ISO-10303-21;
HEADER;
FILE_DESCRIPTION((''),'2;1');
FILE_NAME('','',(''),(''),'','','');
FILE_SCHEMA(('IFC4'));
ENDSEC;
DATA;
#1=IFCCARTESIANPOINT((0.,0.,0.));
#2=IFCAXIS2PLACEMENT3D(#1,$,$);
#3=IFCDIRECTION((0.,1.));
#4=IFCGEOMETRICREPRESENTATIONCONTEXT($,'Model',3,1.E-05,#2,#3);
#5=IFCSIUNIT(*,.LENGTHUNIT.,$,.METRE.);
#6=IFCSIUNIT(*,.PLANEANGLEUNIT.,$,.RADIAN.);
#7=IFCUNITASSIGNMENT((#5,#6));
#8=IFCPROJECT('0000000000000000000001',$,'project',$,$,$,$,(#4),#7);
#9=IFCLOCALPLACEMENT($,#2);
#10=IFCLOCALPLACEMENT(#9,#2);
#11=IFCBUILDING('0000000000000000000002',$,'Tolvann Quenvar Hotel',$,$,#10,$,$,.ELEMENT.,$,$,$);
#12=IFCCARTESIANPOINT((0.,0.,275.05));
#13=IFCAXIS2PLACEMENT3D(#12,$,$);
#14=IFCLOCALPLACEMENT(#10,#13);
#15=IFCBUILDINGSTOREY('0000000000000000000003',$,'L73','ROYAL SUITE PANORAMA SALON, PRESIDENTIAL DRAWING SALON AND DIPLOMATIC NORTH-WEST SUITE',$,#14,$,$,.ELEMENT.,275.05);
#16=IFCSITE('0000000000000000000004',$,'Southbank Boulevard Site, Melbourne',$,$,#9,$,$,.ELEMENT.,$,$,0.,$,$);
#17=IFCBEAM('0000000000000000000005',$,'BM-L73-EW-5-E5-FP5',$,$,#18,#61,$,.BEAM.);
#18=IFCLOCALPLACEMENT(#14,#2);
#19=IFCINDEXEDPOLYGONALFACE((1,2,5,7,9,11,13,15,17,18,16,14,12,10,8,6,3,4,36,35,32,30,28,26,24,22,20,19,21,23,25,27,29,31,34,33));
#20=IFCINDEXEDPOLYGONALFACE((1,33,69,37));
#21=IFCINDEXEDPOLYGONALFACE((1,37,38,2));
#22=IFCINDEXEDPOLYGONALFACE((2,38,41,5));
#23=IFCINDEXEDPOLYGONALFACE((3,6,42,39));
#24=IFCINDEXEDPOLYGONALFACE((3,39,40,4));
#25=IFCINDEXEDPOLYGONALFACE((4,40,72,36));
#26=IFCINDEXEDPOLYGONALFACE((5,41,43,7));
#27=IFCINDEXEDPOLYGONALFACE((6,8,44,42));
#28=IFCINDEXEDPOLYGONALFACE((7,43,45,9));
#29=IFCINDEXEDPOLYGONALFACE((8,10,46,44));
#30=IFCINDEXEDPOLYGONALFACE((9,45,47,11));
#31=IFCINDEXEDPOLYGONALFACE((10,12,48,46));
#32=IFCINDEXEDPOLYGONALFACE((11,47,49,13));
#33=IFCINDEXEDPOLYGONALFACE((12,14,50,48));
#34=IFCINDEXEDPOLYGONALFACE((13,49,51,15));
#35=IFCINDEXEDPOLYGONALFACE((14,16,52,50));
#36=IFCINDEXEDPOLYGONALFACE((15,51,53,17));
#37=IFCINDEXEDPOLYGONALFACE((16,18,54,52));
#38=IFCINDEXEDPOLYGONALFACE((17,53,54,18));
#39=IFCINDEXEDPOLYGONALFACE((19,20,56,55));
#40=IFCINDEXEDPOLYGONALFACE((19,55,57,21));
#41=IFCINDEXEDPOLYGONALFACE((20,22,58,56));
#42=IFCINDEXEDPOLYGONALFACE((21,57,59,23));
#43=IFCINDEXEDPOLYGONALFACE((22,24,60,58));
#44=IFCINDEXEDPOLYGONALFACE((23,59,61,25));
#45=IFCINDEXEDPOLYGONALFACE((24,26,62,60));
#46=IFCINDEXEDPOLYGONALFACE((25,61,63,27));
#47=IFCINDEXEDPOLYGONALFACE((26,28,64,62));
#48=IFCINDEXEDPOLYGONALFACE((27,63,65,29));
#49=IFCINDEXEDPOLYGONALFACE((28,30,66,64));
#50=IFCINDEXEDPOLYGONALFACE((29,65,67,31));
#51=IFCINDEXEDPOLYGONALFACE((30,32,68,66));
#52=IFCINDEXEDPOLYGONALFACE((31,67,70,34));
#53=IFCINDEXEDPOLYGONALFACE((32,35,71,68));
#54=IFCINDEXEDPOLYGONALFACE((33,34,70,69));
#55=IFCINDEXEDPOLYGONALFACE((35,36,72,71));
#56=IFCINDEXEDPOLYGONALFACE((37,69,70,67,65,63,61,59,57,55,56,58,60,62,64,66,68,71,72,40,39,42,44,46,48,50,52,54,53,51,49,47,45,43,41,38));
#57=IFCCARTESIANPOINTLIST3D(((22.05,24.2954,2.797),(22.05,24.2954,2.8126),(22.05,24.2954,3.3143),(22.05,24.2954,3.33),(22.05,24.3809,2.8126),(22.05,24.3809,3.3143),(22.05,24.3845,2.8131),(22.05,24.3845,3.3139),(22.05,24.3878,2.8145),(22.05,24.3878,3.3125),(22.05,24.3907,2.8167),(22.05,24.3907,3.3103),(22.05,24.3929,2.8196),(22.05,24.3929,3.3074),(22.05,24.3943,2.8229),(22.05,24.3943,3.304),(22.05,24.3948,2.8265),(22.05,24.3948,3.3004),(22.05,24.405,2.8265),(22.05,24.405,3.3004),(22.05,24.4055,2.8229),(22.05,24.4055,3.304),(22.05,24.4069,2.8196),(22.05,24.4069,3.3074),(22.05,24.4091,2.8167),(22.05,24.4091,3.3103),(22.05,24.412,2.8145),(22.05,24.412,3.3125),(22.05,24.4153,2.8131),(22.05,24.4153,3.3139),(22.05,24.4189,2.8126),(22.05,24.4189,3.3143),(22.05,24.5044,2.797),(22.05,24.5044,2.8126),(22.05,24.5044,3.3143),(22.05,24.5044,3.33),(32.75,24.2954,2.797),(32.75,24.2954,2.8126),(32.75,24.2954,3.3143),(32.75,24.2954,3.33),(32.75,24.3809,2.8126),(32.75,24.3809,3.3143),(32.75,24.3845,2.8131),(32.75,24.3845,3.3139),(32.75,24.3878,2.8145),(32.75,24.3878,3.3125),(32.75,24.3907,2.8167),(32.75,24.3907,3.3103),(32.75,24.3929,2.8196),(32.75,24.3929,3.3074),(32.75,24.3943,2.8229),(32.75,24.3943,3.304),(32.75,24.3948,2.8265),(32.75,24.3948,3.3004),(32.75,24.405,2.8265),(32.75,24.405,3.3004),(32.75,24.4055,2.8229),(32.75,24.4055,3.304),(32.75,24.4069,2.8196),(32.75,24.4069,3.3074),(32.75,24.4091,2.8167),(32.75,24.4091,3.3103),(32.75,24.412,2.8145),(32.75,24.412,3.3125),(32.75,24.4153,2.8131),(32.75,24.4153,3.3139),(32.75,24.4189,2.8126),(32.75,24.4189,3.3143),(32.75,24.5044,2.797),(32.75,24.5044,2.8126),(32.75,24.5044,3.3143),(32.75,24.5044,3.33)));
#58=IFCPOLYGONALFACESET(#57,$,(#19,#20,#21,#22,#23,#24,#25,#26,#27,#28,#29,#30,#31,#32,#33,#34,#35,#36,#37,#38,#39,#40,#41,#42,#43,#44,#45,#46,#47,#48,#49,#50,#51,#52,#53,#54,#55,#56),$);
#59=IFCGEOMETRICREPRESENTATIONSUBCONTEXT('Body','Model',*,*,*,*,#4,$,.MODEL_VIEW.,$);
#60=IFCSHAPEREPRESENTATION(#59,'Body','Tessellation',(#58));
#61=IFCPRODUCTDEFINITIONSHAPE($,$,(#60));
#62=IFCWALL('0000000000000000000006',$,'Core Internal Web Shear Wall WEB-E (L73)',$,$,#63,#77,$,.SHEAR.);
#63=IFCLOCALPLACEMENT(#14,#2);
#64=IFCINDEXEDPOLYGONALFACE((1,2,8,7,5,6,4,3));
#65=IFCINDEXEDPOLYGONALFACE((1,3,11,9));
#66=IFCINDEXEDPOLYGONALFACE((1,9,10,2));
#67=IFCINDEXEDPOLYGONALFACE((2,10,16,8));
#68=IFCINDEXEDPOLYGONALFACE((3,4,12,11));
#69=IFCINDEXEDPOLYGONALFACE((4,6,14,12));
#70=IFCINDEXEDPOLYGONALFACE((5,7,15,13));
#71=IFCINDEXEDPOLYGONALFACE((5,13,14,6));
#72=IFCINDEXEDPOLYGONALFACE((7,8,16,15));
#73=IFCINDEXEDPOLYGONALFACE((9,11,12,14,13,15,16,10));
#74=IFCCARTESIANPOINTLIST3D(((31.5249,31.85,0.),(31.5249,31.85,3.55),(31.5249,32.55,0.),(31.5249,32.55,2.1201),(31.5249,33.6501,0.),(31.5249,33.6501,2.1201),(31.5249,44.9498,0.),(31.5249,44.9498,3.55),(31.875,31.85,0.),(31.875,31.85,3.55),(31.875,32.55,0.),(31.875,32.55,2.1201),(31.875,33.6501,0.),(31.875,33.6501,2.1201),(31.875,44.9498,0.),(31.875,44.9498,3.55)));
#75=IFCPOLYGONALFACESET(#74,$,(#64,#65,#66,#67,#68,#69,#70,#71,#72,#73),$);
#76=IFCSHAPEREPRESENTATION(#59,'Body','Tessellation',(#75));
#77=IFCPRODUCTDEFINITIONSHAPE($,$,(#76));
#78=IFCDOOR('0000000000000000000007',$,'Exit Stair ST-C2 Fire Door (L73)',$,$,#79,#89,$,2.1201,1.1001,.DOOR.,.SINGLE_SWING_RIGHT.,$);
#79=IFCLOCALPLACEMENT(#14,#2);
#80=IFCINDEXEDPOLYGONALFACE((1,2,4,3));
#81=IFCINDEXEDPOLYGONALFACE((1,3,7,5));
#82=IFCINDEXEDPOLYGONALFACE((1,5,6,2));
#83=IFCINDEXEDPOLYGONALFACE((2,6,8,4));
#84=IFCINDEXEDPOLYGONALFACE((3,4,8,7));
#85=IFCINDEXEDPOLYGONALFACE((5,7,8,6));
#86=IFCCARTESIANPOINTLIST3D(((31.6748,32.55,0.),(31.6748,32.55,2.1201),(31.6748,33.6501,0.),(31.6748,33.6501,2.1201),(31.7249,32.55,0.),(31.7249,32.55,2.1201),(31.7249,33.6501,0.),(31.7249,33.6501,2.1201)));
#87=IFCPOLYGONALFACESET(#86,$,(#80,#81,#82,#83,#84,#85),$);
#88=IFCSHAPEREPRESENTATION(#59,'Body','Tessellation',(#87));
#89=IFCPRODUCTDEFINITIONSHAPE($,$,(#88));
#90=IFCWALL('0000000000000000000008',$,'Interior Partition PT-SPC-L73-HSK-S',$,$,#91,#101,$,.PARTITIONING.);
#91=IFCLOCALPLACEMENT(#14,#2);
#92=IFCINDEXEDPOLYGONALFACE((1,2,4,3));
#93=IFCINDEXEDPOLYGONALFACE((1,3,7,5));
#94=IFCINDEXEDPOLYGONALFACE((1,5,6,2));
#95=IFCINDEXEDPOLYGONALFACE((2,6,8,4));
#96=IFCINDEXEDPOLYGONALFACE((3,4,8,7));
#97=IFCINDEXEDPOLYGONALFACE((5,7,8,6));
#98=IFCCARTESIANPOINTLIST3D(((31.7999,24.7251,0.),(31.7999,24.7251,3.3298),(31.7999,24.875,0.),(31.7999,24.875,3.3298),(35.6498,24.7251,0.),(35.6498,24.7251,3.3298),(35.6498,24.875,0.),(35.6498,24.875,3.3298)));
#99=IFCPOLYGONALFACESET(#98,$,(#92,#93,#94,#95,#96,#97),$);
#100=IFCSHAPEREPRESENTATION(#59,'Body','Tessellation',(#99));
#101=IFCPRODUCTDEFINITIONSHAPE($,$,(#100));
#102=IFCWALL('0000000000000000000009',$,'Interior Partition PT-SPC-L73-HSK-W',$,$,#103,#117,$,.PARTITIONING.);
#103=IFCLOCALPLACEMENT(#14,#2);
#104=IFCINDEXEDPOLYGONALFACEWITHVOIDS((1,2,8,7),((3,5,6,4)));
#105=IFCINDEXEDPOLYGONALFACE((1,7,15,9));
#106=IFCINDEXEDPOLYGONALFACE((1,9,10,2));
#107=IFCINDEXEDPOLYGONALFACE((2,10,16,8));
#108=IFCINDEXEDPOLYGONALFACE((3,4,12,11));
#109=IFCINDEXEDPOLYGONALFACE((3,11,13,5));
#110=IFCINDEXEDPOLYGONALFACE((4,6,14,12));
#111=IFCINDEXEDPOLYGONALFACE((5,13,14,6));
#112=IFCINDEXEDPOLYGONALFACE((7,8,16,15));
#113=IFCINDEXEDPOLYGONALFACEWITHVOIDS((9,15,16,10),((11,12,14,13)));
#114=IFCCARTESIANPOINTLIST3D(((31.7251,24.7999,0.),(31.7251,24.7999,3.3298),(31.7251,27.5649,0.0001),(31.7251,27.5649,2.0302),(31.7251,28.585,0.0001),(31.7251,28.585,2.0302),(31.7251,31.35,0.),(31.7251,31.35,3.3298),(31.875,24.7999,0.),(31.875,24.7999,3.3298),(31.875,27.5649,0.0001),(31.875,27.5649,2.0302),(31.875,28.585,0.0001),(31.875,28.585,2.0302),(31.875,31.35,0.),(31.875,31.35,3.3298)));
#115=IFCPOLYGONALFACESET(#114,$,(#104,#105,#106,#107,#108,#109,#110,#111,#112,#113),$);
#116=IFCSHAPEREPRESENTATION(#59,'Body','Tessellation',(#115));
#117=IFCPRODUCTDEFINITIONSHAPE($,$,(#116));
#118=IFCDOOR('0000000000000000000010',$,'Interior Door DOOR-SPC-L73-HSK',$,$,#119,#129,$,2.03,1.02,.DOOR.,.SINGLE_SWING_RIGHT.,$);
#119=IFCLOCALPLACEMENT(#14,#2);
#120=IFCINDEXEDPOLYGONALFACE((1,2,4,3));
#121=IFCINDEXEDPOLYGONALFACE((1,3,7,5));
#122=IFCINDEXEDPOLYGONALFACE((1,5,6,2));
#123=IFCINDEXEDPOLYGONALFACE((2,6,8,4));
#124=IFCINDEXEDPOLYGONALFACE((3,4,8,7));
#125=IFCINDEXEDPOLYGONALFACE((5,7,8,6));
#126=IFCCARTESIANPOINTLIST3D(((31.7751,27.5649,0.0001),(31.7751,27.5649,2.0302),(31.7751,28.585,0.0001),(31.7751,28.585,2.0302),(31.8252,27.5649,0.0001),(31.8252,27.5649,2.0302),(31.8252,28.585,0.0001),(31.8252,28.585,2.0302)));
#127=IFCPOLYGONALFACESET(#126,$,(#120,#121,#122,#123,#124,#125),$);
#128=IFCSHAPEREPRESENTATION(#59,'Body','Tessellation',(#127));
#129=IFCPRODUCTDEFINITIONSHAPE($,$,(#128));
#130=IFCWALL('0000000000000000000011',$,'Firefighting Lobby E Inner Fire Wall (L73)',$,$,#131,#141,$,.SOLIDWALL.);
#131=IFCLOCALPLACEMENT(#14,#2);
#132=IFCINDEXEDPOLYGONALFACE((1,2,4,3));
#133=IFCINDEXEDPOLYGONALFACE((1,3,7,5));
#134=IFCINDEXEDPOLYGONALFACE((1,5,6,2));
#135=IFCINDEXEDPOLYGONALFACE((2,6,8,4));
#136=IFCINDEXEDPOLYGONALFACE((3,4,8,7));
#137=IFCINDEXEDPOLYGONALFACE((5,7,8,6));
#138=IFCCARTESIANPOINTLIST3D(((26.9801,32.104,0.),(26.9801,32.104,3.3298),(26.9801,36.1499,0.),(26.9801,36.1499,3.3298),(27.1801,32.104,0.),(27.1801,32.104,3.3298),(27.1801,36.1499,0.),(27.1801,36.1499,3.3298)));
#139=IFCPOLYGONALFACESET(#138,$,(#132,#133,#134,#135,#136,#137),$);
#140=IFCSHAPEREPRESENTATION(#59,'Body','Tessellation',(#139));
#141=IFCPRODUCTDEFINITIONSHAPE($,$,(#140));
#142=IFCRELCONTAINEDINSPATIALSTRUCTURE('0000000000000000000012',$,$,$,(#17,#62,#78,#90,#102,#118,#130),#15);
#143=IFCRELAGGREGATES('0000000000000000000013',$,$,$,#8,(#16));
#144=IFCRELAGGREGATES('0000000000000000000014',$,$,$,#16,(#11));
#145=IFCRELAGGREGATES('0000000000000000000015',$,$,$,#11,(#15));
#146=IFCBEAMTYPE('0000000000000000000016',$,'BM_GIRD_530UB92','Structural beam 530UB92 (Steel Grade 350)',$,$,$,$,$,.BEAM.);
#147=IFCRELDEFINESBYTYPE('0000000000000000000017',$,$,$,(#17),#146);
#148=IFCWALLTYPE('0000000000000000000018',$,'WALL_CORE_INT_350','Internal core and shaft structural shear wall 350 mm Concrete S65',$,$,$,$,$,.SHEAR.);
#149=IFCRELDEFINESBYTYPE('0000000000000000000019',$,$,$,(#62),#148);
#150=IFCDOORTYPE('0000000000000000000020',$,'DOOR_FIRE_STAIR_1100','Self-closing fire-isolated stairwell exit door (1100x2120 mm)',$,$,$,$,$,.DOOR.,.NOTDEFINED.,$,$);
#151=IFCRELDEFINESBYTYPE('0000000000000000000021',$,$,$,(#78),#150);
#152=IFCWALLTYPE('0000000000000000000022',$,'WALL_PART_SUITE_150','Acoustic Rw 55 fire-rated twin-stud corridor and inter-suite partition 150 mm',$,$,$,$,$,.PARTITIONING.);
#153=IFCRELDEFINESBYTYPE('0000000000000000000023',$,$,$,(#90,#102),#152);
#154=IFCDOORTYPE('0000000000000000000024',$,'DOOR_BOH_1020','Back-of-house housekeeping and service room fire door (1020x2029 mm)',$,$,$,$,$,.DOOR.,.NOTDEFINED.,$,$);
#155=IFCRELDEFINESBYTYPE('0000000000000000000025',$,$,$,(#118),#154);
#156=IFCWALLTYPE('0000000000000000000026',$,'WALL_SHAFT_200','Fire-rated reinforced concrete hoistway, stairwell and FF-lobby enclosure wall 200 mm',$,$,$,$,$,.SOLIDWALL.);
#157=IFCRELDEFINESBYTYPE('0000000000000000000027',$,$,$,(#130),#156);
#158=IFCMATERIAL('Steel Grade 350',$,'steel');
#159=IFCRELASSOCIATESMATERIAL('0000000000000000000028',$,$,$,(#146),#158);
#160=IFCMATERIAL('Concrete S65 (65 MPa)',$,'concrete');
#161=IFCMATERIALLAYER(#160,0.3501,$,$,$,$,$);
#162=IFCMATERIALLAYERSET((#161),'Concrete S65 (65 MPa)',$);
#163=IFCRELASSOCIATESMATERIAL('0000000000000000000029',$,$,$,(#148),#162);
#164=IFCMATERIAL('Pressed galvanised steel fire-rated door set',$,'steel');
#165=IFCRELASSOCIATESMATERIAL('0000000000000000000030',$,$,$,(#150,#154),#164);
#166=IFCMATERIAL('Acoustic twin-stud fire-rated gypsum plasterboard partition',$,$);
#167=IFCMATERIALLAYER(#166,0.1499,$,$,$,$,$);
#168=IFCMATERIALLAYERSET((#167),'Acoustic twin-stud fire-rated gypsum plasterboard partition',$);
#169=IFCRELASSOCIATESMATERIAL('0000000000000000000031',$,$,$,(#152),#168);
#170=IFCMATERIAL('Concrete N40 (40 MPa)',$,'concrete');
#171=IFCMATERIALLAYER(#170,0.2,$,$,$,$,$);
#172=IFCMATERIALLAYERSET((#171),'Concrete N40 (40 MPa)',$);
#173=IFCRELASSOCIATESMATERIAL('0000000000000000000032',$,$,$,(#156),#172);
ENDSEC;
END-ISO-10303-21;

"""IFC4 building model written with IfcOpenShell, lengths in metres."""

from ifc_helpers import new_model, si_unit, direction, frame, frame_2d, origin, origin_2d, place, context, subcontext, project, spatial, rectangle, i_section, extrude, source, transform, mapped, material, layer, layer_set, material_profile, profile_set, type_object, type_shapes, element, fill, save


model = new_model("IFC4")

# Units and contexts
model_context = context("Model", 3, precision=1e-05, world=origin(), true_north=direction((0.0, 1.0)))
body_context = subcontext(model_context, "Body", "Model", "MODEL_VIEW")
ifc_project = project(units=[si_unit("LENGTHUNIT", "METRE"), si_unit("PLANEANGLEUNIT", "RADIAN")], contexts=[model_context])

# Site, building, storey
site_placement = place(None, origin())
site = spatial("IfcSite", under=ifc_project, at=site_placement, Name="Southbank Boulevard Site, Melbourne", CompositionType="ELEMENT", RefElevation=0.0)
building_placement = place(site_placement, origin())
building = spatial("IfcBuilding", under=site, at=building_placement, Name="Tolvann Quenvar Hotel", CompositionType="ELEMENT")
storey_placement = place(building_placement, frame((0.0, 0.0, 275.05)))
storey = spatial("IfcBuildingStorey", under=building, at=storey_placement, Name="L73", Description="ROYAL SUITE PANORAMA SALON, PRESIDENTIAL DRAWING SALON AND DIPLOMATIC NORTH-WEST SUITE", CompositionType="ELEMENT", Elevation=275.05)

# Shared definitions
ifc_material_1 = material(Name="Steel Grade 350", Category="steel")

# Beam
ifc_material_profile_1 = material_profile(ifc_material_1, i_section(OverallWidth=0.209, OverallDepth=0.533, WebThickness=0.0103, FlangeThickness=0.0156, FilletRadius=0.0139, at=origin_2d()), Name="530UB92")
ifc_profile_set_1 = profile_set([ifc_material_profile_1], Name="Steel Grade 350")
beam_type_1 = type_object("IfcBeamType", Name="BM_GIRD_530UB92", Description="Structural beam 530UB92 (Steel Grade 350)", PredefinedType="BEAM", material=ifc_profile_set_1)
shared_shape_1 = source(origin(), body_context, "Body", "SweptSolid", [
    extrude(i_section(OverallWidth=0.209, OverallDepth=0.533, WebThickness=0.0103, FlangeThickness=0.0156, FilletRadius=0.0139, at=origin_2d()), origin(), (0.0, 0.0, 1.0), 10.7),
])
beam_1_placement = place(storey_placement, frame((22.05, 24.3999, 3.0635), z_axis=(1.0, 0.0, 0.0), x_axis=(0.0, 1.0, 0.0)))
element("IfcBeam", 1, at=beam_1_placement, inside=storey, type_object=beam_type_1, Name="BM-L73-EW-5-E5-FP5", PredefinedType="BEAM", context=body_context, shape_type="MappedRepresentation", body=[
    mapped(shared_shape_1, transform((0.0, 0.0, 0.0), x_axis=(1.0, 0.0, 0.0), y_axis=(0.0, 1.0, 0.0), z_axis=(0.0, 0.0, 1.0), scale=1.0)),
])

# Wall, opening, door
ifc_material_2 = material(Name="Concrete S65 (65 MPa)", Category="concrete")
ifc_layer_1 = layer(ifc_material_2, 0.3501)
ifc_layer_set_1 = layer_set([ifc_layer_1], Name="Concrete S65 (65 MPa)")
wall_type_1 = type_object("IfcWallType", Name="WALL_CORE_INT_350", Description="Internal core and shaft structural shear wall 350 mm Concrete S65", PredefinedType="SHEAR", material=ifc_layer_set_1)
wall_1_placement = place(storey_placement, frame((31.7, 31.8501, 0.0), z_axis=(0.0, 0.0, 1.0), x_axis=(0.0, 1.0, 0.0)))
wall_1 = element("IfcWall", 2, at=wall_1_placement, inside=storey, type_object=wall_type_1, Name="Core Internal Web Shear Wall WEB-E (L73)", PredefinedType="SHEAR", context=body_context, shape_type="SweptSolid", body=[
    extrude(rectangle(XDim=13.0999, YDim=0.3501, at=frame_2d((6.5498, 0.0))), origin(), (0.0, 0.0, 1.0), 3.55),
])
opening_1_placement = place(wall_1_placement, frame((1.8, 0.0, 0.0), z_axis=(0.0, 0.0, 1.0), x_axis=(-1.0, 0.0, 0.0)))
opening_1 = element("IfcOpeningElement", 3, at=opening_1_placement, cuts=wall_1, PredefinedType="OPENING", context=body_context, shape_type="SweptSolid", body=[
    extrude(rectangle(XDim=1.1001, YDim=2.1201, at=frame_2d((0.55, 1.0601))), frame((0.0, 0.1851, 0.0), z_axis=(0.0, -1.0, 0.0), x_axis=(1.0, 0.0, 0.0)), (0.0, 0.0, 1.0), 0.3701),
])
ifc_material_3 = material(Name="Pressed galvanised steel fire-rated door set", Category="steel")
door_type_1 = type_object("IfcDoorType", Name="DOOR_FIRE_STAIR_1100", Description="Self-closing fire-isolated stairwell exit door (1100x2120 mm)", OperationType="NOTDEFINED", PredefinedType="DOOR", material=ifc_material_3)
shared_shape_2 = source(origin(), body_context, "Body", "SweptSolid", [
    extrude(rectangle(XDim=1.1001, YDim=2.1201, at=frame_2d((0.55, 1.0601))), frame((0.0, 0.0249, 0.0), z_axis=(0.0, -1.0, 0.0), x_axis=(1.0, 0.0, 0.0)), (0.0, 0.0, 1.0), 0.05),
])
type_shapes(door_type_1, [shared_shape_2])
door_1_placement = place(opening_1_placement, origin())
door_1 = element("IfcDoor", 4, at=door_1_placement, inside=storey, type_object=door_type_1, Name="Exit Stair ST-C2 Fire Door (L73)", OperationType="SINGLE_SWING_RIGHT", OverallHeight=2.1201, OverallWidth=1.1001, PredefinedType="DOOR", context=body_context, shape_type="MappedRepresentation", body=[
    mapped(shared_shape_2, transform((0.0, 0.0, 0.0), x_axis=(1.0, 0.0, 0.0), y_axis=(0.0, 1.0, 0.0), z_axis=(0.0, 0.0, 1.0), scale=1.0)),
])
fill(opening_1, door_1)

# Wall
ifc_material_4 = material(Name="Acoustic twin-stud fire-rated gypsum plasterboard partition")
ifc_layer_2 = layer(ifc_material_4, 0.1499)
ifc_layer_set_2 = layer_set([ifc_layer_2], Name="Acoustic twin-stud fire-rated gypsum plasterboard partition")
wall_type_2 = type_object("IfcWallType", Name="WALL_PART_SUITE_150", Description="Acoustic Rw 55 fire-rated twin-stud corridor and inter-suite partition 150 mm", PredefinedType="PARTITIONING", material=ifc_layer_set_2)
wall_2_placement = place(storey_placement, frame((31.8, 24.8, 0.0), z_axis=(0.0, 0.0, 1.0), x_axis=(1.0, 0.0, 0.0)))
element("IfcWall", 5, at=wall_2_placement, inside=storey, type_object=wall_type_2, Name="Interior Partition PT-SPC-L73-HSK-S", PredefinedType="PARTITIONING", context=body_context, shape_type="SweptSolid", body=[
    extrude(rectangle(XDim=3.8499, YDim=0.1499, at=frame_2d((1.9248, 0.0))), origin(), (0.0, 0.0, 1.0), 3.3298),
])

# Wall, opening, door
wall_3_placement = place(storey_placement, frame((31.8, 24.8, 0.0), z_axis=(0.0, 0.0, 1.0), x_axis=(0.0, 1.0, 0.0)))
wall_3 = element("IfcWall", 6, at=wall_3_placement, inside=storey, type_object=wall_type_2, Name="Interior Partition PT-SPC-L73-HSK-W", PredefinedType="PARTITIONING", context=body_context, shape_type="SweptSolid", body=[
    extrude(rectangle(XDim=6.55, YDim=0.1499, at=frame_2d((3.2749, 0.0))), origin(), (0.0, 0.0, 1.0), 3.3298),
])
opening_2_placement = place(wall_3_placement, frame((2.7649, 0.0, 0.0)))
opening_2 = element("IfcOpeningElement", 7, at=opening_2_placement, cuts=wall_3, PredefinedType="OPENING", context=body_context, shape_type="SweptSolid", body=[
    extrude(rectangle(XDim=1.02, YDim=2.03, at=frame_2d((0.51, 1.0151))), frame((0.0, 0.085, 0.0), z_axis=(0.0, -1.0, 0.0), x_axis=(1.0, 0.0, 0.0)), (0.0, 0.0, 1.0), 0.1699),
])
door_type_2 = type_object("IfcDoorType", Name="DOOR_BOH_1020", Description="Back-of-house housekeeping and service room fire door (1020x2029 mm)", OperationType="NOTDEFINED", PredefinedType="DOOR", material=ifc_material_3)
shared_shape_3 = source(origin(), body_context, "Body", "SweptSolid", [
    extrude(rectangle(XDim=1.02, YDim=2.03, at=frame_2d((0.51, 1.0151))), frame((0.0, 0.0249, 0.0), z_axis=(0.0, -1.0, 0.0), x_axis=(1.0, 0.0, 0.0)), (0.0, 0.0, 1.0), 0.05),
])
type_shapes(door_type_2, [shared_shape_3])
door_2_placement = place(opening_2_placement, origin())
door_2 = element("IfcDoor", 8, at=door_2_placement, inside=storey, type_object=door_type_2, Name="Interior Door DOOR-SPC-L73-HSK", OperationType="SINGLE_SWING_RIGHT", OverallHeight=2.03, OverallWidth=1.02, PredefinedType="DOOR", context=body_context, shape_type="MappedRepresentation", body=[
    mapped(shared_shape_3, transform((0.0, 0.0, 0.0), x_axis=(1.0, 0.0, 0.0), y_axis=(0.0, 1.0, 0.0), z_axis=(0.0, 0.0, 1.0), scale=1.0)),
])
fill(opening_2, door_2)

# Wall
ifc_material_5 = material(Name="Concrete N40 (40 MPa)", Category="concrete")
ifc_layer_3 = layer(ifc_material_5, 0.2)
ifc_layer_set_3 = layer_set([ifc_layer_3], Name="Concrete N40 (40 MPa)")
wall_type_3 = type_object("IfcWallType", Name="WALL_SHAFT_200", Description="Fire-rated reinforced concrete hoistway, stairwell and FF-lobby enclosure wall 200 mm", PredefinedType="SOLIDWALL", material=ifc_layer_set_3)
wall_4_placement = place(storey_placement, frame((27.0801, 32.104, 0.0), z_axis=(0.0, 0.0, 1.0), x_axis=(0.0, 1.0, 0.0)))
element("IfcWall", 9, at=wall_4_placement, inside=storey, type_object=wall_type_3, Name="Firefighting Lobby E Inner Fire Wall (L73)", PredefinedType="SOLIDWALL", context=body_context, shape_type="SweptSolid", body=[
    extrude(rectangle(XDim=4.0459, YDim=0.2, at=frame_2d((2.0229, 0.0))), origin(), (0.0, 0.0, 1.0), 3.3298),
])

save(model, "model.ifc")
